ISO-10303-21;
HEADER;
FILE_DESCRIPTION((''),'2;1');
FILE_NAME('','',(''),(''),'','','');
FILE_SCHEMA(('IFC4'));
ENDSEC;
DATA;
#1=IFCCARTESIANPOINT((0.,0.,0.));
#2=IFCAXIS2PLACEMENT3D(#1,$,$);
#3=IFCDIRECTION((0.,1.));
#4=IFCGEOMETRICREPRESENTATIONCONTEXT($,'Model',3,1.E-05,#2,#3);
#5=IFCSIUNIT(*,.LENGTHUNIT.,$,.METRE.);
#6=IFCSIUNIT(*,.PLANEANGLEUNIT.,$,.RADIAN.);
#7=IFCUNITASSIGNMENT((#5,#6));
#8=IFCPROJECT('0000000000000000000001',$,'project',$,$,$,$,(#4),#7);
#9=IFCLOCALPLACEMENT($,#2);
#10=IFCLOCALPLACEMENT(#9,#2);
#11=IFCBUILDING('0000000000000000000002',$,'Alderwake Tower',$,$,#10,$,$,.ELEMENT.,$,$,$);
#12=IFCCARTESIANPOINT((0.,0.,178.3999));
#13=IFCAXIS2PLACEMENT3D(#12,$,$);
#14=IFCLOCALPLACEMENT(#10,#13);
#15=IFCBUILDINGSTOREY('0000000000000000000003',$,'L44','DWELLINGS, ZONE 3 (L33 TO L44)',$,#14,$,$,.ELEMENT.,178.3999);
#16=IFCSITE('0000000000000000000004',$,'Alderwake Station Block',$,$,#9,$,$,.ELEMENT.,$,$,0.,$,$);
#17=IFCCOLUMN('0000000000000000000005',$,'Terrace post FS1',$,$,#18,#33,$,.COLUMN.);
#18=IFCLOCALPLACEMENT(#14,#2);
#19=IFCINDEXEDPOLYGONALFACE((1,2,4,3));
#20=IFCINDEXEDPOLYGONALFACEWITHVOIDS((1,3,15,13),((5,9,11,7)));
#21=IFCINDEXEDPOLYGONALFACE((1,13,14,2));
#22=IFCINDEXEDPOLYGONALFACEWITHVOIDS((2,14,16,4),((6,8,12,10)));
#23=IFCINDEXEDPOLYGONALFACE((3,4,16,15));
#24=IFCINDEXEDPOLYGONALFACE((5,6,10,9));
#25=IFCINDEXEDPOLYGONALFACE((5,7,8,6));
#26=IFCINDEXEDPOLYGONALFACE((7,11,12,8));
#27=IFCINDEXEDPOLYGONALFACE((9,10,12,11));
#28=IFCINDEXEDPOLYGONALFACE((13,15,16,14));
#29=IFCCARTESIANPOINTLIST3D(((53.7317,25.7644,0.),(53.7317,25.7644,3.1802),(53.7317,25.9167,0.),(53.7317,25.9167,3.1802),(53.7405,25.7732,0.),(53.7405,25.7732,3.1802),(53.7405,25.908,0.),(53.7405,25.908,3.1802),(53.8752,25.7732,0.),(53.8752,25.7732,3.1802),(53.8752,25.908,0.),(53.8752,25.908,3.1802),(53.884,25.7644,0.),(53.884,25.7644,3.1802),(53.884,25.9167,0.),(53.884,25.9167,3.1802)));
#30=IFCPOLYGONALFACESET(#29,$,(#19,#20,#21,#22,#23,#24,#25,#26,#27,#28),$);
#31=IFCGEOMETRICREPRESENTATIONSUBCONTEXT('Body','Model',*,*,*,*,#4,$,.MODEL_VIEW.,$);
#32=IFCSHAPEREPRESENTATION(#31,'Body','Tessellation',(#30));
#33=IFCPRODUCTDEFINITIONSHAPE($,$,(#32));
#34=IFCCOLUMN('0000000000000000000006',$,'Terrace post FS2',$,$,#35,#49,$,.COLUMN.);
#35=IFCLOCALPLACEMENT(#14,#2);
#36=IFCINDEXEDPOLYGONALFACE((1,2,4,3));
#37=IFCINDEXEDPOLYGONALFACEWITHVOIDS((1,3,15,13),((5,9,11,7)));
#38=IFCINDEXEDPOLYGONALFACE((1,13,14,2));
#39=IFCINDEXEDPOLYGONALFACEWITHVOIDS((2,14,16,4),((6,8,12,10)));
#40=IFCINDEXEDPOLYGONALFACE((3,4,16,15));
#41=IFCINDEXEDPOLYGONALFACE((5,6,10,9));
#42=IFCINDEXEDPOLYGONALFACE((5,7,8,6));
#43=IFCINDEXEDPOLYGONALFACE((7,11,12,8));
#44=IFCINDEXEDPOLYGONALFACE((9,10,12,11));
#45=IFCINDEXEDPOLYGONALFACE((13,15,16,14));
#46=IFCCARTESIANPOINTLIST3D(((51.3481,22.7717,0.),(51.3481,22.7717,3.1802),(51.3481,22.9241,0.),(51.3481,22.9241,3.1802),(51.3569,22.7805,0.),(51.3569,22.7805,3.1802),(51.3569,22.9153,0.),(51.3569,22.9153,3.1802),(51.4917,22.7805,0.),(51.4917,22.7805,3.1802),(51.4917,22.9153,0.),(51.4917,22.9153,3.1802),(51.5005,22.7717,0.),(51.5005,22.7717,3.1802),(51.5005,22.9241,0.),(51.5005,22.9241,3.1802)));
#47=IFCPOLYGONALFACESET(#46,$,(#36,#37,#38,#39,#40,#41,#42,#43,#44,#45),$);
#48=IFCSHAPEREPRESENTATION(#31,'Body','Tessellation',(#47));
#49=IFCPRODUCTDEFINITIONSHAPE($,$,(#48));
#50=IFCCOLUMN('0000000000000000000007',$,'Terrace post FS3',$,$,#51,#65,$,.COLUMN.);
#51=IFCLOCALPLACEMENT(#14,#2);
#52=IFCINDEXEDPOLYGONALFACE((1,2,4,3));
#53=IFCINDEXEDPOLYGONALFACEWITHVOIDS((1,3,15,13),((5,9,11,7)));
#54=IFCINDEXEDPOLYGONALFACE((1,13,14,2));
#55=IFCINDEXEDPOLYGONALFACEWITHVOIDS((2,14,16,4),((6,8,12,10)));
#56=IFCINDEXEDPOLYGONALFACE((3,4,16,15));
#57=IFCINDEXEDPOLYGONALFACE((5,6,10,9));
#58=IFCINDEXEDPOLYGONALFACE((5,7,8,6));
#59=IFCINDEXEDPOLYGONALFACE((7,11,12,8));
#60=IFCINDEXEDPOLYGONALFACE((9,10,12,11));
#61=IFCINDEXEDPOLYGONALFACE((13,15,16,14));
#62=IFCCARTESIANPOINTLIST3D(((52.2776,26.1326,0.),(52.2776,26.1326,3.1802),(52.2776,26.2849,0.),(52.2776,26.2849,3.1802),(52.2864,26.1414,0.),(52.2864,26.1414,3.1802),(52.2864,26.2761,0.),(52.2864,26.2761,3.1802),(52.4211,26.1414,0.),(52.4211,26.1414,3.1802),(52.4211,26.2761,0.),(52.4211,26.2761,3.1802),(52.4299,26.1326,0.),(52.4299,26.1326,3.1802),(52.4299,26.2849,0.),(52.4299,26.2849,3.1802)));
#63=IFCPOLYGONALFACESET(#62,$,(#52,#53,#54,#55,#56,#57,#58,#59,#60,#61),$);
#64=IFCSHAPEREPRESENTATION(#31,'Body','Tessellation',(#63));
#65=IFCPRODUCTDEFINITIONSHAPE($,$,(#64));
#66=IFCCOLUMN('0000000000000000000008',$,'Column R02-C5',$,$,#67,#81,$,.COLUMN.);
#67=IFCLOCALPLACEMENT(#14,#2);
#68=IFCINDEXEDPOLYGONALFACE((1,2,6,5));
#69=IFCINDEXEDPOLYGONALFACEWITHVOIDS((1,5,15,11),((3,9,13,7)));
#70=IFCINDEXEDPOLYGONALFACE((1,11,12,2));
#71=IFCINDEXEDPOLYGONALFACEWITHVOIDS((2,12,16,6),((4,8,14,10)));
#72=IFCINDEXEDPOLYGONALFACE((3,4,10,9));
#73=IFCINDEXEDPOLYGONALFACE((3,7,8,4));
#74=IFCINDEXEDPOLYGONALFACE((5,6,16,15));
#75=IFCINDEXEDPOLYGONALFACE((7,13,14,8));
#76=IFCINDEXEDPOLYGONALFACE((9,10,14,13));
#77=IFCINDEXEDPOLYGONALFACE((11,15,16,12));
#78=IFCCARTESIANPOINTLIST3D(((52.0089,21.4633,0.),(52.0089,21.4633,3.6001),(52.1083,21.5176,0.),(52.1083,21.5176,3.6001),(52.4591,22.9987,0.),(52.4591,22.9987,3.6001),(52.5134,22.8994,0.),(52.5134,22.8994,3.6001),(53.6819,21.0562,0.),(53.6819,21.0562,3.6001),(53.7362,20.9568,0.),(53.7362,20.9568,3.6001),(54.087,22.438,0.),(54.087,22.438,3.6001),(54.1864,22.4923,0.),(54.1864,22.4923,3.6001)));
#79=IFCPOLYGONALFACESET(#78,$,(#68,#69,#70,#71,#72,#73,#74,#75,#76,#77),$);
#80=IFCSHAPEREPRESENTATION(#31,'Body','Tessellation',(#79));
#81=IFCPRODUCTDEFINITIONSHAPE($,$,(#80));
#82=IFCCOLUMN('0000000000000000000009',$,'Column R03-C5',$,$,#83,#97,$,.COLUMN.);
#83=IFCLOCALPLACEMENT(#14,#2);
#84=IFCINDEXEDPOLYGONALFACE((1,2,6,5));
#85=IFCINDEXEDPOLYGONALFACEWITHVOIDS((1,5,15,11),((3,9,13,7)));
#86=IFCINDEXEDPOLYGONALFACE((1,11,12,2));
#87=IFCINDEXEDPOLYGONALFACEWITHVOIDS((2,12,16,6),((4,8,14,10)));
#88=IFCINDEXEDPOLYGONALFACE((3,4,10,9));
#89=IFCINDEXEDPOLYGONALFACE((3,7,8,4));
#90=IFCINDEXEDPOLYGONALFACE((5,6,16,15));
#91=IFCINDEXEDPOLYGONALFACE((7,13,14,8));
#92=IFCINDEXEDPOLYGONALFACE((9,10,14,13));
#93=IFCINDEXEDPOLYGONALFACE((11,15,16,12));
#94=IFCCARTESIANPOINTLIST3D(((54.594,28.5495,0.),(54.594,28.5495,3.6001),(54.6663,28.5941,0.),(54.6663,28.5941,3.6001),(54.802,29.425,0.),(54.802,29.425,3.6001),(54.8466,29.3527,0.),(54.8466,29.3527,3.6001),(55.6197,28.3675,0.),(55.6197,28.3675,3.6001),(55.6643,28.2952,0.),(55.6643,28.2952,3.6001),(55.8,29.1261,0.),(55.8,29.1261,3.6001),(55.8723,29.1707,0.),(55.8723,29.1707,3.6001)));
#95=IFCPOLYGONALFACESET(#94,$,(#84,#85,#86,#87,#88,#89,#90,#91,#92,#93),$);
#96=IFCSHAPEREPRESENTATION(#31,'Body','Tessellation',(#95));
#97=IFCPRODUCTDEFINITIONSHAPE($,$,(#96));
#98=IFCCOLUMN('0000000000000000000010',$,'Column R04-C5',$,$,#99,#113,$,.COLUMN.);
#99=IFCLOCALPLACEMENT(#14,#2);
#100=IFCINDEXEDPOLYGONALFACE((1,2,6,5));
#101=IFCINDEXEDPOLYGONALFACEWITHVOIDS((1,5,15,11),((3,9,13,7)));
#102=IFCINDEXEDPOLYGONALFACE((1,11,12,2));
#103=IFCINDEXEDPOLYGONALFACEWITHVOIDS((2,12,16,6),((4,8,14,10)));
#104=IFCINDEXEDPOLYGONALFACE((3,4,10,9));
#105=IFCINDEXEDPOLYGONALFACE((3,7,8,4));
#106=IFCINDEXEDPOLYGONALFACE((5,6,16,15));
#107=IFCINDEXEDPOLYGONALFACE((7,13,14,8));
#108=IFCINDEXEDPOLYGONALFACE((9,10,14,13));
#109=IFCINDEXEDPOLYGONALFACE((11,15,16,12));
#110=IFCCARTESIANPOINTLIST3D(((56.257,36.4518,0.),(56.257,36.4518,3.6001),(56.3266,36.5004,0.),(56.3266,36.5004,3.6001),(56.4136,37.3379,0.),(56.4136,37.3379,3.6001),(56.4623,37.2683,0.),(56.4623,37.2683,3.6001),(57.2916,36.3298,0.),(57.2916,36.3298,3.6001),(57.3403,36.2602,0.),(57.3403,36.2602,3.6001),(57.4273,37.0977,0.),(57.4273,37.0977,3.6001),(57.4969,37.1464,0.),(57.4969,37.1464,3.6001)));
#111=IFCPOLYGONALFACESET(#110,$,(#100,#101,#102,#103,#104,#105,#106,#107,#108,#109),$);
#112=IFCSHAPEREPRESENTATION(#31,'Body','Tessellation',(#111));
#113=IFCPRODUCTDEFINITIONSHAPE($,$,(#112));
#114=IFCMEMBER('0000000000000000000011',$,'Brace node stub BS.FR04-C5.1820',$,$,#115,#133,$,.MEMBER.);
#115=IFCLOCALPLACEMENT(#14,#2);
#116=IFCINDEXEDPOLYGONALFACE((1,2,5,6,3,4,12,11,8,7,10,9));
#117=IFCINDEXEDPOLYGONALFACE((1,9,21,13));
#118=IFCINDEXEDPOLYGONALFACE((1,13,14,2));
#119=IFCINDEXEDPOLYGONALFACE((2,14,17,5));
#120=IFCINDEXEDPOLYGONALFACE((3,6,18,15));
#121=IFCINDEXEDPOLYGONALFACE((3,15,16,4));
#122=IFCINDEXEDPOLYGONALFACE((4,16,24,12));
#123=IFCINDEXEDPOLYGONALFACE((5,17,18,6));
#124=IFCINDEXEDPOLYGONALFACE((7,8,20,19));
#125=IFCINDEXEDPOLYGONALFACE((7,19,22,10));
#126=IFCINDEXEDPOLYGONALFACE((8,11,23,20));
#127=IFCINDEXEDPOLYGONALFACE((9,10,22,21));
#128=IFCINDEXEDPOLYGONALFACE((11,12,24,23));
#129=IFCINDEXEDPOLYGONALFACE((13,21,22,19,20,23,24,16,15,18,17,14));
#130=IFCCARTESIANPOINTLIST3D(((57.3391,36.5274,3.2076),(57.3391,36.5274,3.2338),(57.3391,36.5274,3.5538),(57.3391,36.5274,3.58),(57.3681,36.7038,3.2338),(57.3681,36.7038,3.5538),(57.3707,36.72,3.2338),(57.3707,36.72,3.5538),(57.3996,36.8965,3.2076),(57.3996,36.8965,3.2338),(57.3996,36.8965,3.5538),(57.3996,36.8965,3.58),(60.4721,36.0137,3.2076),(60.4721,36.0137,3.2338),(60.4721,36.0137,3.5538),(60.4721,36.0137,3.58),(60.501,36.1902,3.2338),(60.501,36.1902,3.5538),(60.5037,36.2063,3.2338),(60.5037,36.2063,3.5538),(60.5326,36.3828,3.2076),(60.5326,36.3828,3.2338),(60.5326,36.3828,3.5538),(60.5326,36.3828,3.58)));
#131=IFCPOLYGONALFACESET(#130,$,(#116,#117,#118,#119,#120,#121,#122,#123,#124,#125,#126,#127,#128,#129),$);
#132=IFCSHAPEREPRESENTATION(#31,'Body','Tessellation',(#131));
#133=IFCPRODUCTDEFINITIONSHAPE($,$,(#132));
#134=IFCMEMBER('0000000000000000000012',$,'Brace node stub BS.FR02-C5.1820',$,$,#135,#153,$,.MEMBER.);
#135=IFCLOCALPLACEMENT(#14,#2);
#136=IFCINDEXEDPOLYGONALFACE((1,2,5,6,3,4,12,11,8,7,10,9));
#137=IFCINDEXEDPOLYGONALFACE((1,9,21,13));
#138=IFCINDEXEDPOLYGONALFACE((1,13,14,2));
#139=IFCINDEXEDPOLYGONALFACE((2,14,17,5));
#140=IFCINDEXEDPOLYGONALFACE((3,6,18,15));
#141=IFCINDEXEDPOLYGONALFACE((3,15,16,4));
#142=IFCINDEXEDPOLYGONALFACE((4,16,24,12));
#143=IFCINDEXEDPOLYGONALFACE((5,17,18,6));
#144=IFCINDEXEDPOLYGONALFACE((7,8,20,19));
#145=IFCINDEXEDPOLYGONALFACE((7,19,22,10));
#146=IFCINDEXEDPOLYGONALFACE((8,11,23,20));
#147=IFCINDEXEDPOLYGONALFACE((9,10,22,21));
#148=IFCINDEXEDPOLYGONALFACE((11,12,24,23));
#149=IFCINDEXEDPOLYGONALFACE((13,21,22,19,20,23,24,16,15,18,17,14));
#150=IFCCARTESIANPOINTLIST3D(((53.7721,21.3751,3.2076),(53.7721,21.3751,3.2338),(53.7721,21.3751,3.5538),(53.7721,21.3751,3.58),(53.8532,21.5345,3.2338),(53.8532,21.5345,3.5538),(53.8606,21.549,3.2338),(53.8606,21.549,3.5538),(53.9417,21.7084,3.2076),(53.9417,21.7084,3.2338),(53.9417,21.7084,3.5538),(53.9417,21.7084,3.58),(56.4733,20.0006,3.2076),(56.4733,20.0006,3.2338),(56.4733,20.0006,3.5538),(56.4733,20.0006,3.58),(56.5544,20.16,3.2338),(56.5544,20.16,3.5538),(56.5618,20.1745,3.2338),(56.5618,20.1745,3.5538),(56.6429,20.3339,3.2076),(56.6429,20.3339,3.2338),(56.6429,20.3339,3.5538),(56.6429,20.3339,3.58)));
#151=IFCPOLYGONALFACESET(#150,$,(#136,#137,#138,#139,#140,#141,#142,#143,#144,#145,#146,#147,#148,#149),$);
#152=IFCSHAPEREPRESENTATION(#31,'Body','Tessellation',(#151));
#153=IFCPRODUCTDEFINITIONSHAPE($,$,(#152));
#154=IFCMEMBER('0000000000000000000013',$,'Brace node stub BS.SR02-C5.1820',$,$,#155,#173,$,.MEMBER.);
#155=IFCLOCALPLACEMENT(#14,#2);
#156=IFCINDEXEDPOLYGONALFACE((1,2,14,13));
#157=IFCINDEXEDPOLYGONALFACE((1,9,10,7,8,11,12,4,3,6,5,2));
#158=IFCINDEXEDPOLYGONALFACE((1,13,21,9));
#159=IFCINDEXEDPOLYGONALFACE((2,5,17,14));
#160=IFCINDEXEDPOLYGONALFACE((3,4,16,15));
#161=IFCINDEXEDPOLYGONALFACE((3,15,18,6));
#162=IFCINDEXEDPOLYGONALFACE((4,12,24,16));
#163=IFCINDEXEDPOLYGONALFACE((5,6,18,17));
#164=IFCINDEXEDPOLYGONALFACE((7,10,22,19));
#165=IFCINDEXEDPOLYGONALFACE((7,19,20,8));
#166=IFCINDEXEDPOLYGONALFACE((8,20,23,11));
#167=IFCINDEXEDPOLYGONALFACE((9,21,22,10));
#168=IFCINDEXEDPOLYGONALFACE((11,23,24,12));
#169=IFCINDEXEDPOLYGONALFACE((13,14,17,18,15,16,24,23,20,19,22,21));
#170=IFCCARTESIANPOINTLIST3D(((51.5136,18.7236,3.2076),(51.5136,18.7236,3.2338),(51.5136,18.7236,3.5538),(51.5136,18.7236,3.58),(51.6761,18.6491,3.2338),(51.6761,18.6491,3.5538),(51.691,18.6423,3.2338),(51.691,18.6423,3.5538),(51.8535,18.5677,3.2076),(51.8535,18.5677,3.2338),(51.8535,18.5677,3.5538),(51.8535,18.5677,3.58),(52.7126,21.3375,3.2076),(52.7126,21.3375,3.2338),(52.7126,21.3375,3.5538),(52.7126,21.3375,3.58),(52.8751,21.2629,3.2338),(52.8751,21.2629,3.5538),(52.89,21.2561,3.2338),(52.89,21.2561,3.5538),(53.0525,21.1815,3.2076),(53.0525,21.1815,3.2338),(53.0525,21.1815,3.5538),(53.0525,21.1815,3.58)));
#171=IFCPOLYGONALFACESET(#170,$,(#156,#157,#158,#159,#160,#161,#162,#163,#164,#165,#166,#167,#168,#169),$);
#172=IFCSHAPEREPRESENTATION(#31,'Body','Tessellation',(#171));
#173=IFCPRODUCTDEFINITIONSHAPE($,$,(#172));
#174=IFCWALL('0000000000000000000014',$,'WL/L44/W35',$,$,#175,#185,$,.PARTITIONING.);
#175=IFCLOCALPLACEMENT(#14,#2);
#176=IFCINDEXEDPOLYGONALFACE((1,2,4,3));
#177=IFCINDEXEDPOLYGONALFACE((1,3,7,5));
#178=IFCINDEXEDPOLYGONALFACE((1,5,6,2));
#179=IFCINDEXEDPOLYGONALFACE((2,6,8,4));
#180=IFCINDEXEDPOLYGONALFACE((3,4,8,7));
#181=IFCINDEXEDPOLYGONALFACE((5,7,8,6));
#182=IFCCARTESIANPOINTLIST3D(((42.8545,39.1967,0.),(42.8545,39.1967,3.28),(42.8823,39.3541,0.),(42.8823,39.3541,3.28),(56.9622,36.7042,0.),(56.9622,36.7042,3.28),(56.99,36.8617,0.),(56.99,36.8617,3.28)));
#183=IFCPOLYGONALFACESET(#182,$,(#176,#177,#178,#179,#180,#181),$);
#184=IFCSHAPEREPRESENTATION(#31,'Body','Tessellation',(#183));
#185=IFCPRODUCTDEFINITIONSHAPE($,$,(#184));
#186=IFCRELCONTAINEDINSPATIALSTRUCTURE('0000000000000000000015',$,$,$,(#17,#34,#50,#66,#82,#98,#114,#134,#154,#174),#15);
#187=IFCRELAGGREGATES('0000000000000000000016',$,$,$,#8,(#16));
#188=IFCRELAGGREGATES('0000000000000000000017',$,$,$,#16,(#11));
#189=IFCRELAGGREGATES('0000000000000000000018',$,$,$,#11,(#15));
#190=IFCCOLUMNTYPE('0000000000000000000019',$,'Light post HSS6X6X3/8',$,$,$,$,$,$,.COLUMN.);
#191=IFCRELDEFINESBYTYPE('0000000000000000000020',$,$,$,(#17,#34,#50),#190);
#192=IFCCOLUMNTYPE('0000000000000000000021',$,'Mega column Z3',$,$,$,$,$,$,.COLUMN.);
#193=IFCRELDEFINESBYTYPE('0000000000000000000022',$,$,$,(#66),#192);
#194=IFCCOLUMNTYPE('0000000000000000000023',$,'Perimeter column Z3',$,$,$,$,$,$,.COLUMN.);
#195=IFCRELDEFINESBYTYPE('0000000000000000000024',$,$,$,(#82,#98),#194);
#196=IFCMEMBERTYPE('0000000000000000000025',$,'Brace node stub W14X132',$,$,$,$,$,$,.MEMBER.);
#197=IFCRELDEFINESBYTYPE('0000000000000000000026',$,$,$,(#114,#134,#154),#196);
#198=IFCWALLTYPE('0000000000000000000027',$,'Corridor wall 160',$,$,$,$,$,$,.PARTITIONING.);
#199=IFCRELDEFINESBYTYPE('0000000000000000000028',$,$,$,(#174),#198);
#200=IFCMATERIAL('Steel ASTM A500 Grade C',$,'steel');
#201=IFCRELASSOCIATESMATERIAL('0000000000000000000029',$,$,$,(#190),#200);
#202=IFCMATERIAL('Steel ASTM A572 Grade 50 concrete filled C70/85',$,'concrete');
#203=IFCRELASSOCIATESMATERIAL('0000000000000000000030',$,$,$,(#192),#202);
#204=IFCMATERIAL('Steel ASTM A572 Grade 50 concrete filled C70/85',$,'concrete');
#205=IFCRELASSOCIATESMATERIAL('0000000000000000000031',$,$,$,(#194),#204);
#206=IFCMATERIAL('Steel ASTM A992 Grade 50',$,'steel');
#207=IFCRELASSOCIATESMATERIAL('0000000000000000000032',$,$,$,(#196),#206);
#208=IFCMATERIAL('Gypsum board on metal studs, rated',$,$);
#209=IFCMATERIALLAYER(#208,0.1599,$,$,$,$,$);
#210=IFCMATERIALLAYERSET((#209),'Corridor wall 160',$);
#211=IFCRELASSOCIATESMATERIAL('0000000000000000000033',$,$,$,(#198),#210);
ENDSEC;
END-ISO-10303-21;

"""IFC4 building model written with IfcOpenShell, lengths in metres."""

from ifc_helpers import new_model, si_unit, direction, frame, frame_2d, origin, origin_2d, place, context, subcontext, project, spatial, rectangle, hollow_rectangle, i_section, extrude, material, layer, layer_set, material_profile, profile_set, type_object, element, save


model = new_model("IFC4")

# Units and contexts
model_context = context("Model", 3, precision=1e-05, world=origin(), true_north=direction((0.0, 1.0)))
body_context = subcontext(model_context, "Body", "Model", "MODEL_VIEW")
ifc_project = project(units=[si_unit("LENGTHUNIT", "METRE"), si_unit("PLANEANGLEUNIT", "RADIAN")], contexts=[model_context])

# Site, building, storey
site_placement = place(None, origin())
site = spatial("IfcSite", under=ifc_project, at=site_placement, Name="Alderwake Station Block", CompositionType="ELEMENT", RefElevation=0.0)
building_placement = place(site_placement, origin())
building = spatial("IfcBuilding", under=site, at=building_placement, Name="Alderwake Tower", CompositionType="ELEMENT")
storey_placement = place(building_placement, frame((0.0, 0.0, 178.3999)))
storey = spatial("IfcBuildingStorey", under=building, at=storey_placement, Name="L44", Description="DWELLINGS, ZONE 3 (L33 TO L44)", CompositionType="ELEMENT", Elevation=178.3999)

# Columns
ifc_material_1 = material(Name="Steel ASTM A500 Grade C", Category="steel")
ifc_material_profile_1 = material_profile(ifc_material_1, hollow_rectangle(XDim=0.1523, YDim=0.1523, WallThickness=0.0088, at=origin_2d()), Name="HSS6X6X3/8")
ifc_profile_set_1 = profile_set([ifc_material_profile_1], Name="Steel ASTM A500 Grade C")
column_type_1 = type_object("IfcColumnType", Name="Light post HSS6X6X3/8", PredefinedType="COLUMN", material=ifc_profile_set_1)
for number, where, z_axis, x_axis, name in (
    (1, (53.8079, 25.8406, 0.0), (0.0, 0.0, 1.0), (1.0, 0.0, 0.0), "Terrace post FS1"),
    (2, (51.4243, 22.8479, 0.0), (0.0, 0.0, 1.0), (1.0, 0.0, 0.0), "Terrace post FS2"),
    (3, (52.3538, 26.2087, 0.0), (0.0, 0.0, 1.0), (1.0, 0.0, 0.0), "Terrace post FS3"),
):
    element("IfcColumn", number, at=place(storey_placement, frame(where, z_axis=z_axis, x_axis=x_axis)), inside=storey, type_object=column_type_1, Name=name, PredefinedType="COLUMN", context=body_context, shape_type="SweptSolid", body=[
        extrude(hollow_rectangle(XDim=0.1523, YDim=0.1523, WallThickness=0.0088, at=origin_2d()), origin(), (0.0, 0.0, 1.0), 3.1802),
    ])
ifc_material_2 = material(Name="Steel ASTM A572 Grade 50 concrete filled C70/85", Category="concrete")
ifc_material_profile_2 = material_profile(ifc_material_2, hollow_rectangle(XDim=1.6001, YDim=1.8, WallThickness=0.0801, at=origin_2d()), Name="BOX 1800X1600X80")
ifc_profile_set_2 = profile_set([ifc_material_profile_2], Name="Steel ASTM A572 Grade 50 concrete filled C70/85")
column_type_2 = type_object("IfcColumnType", Name="Mega column Z3", PredefinedType="COLUMN", material=ifc_profile_set_2)
column_placement = place(storey_placement, frame((53.0977, 21.9778, 0.0), z_axis=(0.0, 0.0, 1.0), x_axis=(0.281342, 0.959608, 0.0)))
element("IfcColumn", 4, at=column_placement, inside=storey, type_object=column_type_2, Name="Column R02-C5", PredefinedType="COLUMN", context=body_context, shape_type="SweptSolid", body=[
    extrude(hollow_rectangle(XDim=1.6001, YDim=1.8, WallThickness=0.0801, at=origin_2d()), origin(), (0.0, 0.0, 1.0), 3.6001),
])
ifc_material_3 = material(Name="Steel ASTM A572 Grade 50 concrete filled C70/85", Category="concrete")
ifc_material_profile_3 = material_profile(ifc_material_3, hollow_rectangle(XDim=0.8999, YDim=1.1001, WallThickness=0.0601, at=origin_2d()), Name="BOX 1100X900X60")
ifc_profile_set_3 = profile_set([ifc_material_profile_3], Name="Steel ASTM A572 Grade 50 concrete filled C70/85")
column_type_3 = type_object("IfcColumnType", Name="Perimeter column Z3", PredefinedType="COLUMN", material=ifc_profile_set_3)
for number, where, z_axis, x_axis, name in (
    (5, (55.2332, 28.8601, 0.0), (0.0, 0.0, 1.0), (0.231222, 0.972901, 0.0), "Column R03-C5"),
    (6, (56.877, 36.7991, 0.0), (0.0, 0.0, 1.0), (0.174107, 0.984727, 0.0), "Column R04-C5"),
):
    element("IfcColumn", number, at=place(storey_placement, frame(where, z_axis=z_axis, x_axis=x_axis)), inside=storey, type_object=column_type_3, Name=name, PredefinedType="COLUMN", context=body_context, shape_type="SweptSolid", body=[
        extrude(hollow_rectangle(XDim=0.8999, YDim=1.1001, WallThickness=0.0601, at=origin_2d()), origin(), (0.0, 0.0, 1.0), 3.6001),
    ])

# Members
ifc_material_4 = material(Name="Steel ASTM A992 Grade 50", Category="steel")
ifc_material_profile_4 = material_profile(ifc_material_4, i_section(OverallWidth=0.374, OverallDepth=0.3723, WebThickness=0.0164, FlangeThickness=0.0261, at=origin_2d()), Name="W14X132")
ifc_profile_set_4 = profile_set([ifc_material_profile_4], Name="Steel ASTM A992 Grade 50")
member_type = type_object("IfcMemberType", Name="Brace node stub W14X132", PredefinedType="MEMBER", material=ifc_profile_set_4)
member_1_placement = place(storey_placement, frame((57.3694, 36.7119, 3.3938), z_axis=(0.986825, -0.161792, 0.0), x_axis=(0.161792, 0.986825, 0.0)))
element("IfcMember", 7, at=member_1_placement, inside=storey, type_object=member_type, Name="Brace node stub BS.FR04-C5.1820", PredefinedType="MEMBER", context=body_context, shape_type="SweptSolid", body=[
    extrude(i_section(OverallWidth=0.374, OverallDepth=0.3723, WebThickness=0.0164, FlangeThickness=0.0261, at=origin_2d()), origin(), (0.0, 0.0, 1.0), 3.1748),
])
member_2_placement = place(storey_placement, frame((53.8569, 21.5417, 3.3938), z_axis=(0.891247, -0.453518, 0.0), x_axis=(0.453518, 0.891247, 0.0)))
element("IfcMember", 8, at=member_2_placement, inside=storey, type_object=member_type, Name="Brace node stub BS.FR02-C5.1820", PredefinedType="MEMBER", context=body_context, shape_type="SweptSolid", body=[
    extrude(i_section(OverallWidth=0.374, OverallDepth=0.3723, WebThickness=0.0164, FlangeThickness=0.0261, at=origin_2d()), origin(), (0.0, 0.0, 1.0), 3.0308),
])
member_3_placement = place(storey_placement, frame((52.8826, 21.2595, 3.3938), z_axis=(-0.416941, -0.908933, 0.0), x_axis=(0.908933, -0.416941, 0.0)))
element("IfcMember", 9, at=member_3_placement, inside=storey, type_object=member_type, Name="Brace node stub BS.SR02-C5.1820", PredefinedType="MEMBER", context=body_context, shape_type="SweptSolid", body=[
    extrude(i_section(OverallWidth=0.374, OverallDepth=0.3723, WebThickness=0.0164, FlangeThickness=0.0261, at=origin_2d()), origin(), (0.0, 0.0, 1.0), 2.8757),
])

# Wall
ifc_material_5 = material(Name="Gypsum board on metal studs, rated")
ifc_layer_1 = layer(ifc_material_5, 0.1599)
ifc_layer_set_1 = layer_set([ifc_layer_1], Name="Corridor wall 160")
wall_type_1 = type_object("IfcWallType", Name="Corridor wall 160", PredefinedType="PARTITIONING", material=ifc_layer_set_1)
wall_1_placement = place(storey_placement, frame((56.9761, 36.783, 0.0), z_axis=(0.0, 0.0, 1.0), x_axis=(-0.98475, 0.173978, 0.0)))
element("IfcWall", 10, at=wall_1_placement, inside=storey, type_object=wall_type_1, Name="WL/L44/W35", PredefinedType="PARTITIONING", context=body_context, shape_type="SweptSolid", body=[
    extrude(rectangle(XDim=14.3262, YDim=0.1599, at=frame_2d((7.1631, 0.0))), origin(), (0.0, 0.0, 1.0), 3.28),
])

save(model, "model.ifc")
